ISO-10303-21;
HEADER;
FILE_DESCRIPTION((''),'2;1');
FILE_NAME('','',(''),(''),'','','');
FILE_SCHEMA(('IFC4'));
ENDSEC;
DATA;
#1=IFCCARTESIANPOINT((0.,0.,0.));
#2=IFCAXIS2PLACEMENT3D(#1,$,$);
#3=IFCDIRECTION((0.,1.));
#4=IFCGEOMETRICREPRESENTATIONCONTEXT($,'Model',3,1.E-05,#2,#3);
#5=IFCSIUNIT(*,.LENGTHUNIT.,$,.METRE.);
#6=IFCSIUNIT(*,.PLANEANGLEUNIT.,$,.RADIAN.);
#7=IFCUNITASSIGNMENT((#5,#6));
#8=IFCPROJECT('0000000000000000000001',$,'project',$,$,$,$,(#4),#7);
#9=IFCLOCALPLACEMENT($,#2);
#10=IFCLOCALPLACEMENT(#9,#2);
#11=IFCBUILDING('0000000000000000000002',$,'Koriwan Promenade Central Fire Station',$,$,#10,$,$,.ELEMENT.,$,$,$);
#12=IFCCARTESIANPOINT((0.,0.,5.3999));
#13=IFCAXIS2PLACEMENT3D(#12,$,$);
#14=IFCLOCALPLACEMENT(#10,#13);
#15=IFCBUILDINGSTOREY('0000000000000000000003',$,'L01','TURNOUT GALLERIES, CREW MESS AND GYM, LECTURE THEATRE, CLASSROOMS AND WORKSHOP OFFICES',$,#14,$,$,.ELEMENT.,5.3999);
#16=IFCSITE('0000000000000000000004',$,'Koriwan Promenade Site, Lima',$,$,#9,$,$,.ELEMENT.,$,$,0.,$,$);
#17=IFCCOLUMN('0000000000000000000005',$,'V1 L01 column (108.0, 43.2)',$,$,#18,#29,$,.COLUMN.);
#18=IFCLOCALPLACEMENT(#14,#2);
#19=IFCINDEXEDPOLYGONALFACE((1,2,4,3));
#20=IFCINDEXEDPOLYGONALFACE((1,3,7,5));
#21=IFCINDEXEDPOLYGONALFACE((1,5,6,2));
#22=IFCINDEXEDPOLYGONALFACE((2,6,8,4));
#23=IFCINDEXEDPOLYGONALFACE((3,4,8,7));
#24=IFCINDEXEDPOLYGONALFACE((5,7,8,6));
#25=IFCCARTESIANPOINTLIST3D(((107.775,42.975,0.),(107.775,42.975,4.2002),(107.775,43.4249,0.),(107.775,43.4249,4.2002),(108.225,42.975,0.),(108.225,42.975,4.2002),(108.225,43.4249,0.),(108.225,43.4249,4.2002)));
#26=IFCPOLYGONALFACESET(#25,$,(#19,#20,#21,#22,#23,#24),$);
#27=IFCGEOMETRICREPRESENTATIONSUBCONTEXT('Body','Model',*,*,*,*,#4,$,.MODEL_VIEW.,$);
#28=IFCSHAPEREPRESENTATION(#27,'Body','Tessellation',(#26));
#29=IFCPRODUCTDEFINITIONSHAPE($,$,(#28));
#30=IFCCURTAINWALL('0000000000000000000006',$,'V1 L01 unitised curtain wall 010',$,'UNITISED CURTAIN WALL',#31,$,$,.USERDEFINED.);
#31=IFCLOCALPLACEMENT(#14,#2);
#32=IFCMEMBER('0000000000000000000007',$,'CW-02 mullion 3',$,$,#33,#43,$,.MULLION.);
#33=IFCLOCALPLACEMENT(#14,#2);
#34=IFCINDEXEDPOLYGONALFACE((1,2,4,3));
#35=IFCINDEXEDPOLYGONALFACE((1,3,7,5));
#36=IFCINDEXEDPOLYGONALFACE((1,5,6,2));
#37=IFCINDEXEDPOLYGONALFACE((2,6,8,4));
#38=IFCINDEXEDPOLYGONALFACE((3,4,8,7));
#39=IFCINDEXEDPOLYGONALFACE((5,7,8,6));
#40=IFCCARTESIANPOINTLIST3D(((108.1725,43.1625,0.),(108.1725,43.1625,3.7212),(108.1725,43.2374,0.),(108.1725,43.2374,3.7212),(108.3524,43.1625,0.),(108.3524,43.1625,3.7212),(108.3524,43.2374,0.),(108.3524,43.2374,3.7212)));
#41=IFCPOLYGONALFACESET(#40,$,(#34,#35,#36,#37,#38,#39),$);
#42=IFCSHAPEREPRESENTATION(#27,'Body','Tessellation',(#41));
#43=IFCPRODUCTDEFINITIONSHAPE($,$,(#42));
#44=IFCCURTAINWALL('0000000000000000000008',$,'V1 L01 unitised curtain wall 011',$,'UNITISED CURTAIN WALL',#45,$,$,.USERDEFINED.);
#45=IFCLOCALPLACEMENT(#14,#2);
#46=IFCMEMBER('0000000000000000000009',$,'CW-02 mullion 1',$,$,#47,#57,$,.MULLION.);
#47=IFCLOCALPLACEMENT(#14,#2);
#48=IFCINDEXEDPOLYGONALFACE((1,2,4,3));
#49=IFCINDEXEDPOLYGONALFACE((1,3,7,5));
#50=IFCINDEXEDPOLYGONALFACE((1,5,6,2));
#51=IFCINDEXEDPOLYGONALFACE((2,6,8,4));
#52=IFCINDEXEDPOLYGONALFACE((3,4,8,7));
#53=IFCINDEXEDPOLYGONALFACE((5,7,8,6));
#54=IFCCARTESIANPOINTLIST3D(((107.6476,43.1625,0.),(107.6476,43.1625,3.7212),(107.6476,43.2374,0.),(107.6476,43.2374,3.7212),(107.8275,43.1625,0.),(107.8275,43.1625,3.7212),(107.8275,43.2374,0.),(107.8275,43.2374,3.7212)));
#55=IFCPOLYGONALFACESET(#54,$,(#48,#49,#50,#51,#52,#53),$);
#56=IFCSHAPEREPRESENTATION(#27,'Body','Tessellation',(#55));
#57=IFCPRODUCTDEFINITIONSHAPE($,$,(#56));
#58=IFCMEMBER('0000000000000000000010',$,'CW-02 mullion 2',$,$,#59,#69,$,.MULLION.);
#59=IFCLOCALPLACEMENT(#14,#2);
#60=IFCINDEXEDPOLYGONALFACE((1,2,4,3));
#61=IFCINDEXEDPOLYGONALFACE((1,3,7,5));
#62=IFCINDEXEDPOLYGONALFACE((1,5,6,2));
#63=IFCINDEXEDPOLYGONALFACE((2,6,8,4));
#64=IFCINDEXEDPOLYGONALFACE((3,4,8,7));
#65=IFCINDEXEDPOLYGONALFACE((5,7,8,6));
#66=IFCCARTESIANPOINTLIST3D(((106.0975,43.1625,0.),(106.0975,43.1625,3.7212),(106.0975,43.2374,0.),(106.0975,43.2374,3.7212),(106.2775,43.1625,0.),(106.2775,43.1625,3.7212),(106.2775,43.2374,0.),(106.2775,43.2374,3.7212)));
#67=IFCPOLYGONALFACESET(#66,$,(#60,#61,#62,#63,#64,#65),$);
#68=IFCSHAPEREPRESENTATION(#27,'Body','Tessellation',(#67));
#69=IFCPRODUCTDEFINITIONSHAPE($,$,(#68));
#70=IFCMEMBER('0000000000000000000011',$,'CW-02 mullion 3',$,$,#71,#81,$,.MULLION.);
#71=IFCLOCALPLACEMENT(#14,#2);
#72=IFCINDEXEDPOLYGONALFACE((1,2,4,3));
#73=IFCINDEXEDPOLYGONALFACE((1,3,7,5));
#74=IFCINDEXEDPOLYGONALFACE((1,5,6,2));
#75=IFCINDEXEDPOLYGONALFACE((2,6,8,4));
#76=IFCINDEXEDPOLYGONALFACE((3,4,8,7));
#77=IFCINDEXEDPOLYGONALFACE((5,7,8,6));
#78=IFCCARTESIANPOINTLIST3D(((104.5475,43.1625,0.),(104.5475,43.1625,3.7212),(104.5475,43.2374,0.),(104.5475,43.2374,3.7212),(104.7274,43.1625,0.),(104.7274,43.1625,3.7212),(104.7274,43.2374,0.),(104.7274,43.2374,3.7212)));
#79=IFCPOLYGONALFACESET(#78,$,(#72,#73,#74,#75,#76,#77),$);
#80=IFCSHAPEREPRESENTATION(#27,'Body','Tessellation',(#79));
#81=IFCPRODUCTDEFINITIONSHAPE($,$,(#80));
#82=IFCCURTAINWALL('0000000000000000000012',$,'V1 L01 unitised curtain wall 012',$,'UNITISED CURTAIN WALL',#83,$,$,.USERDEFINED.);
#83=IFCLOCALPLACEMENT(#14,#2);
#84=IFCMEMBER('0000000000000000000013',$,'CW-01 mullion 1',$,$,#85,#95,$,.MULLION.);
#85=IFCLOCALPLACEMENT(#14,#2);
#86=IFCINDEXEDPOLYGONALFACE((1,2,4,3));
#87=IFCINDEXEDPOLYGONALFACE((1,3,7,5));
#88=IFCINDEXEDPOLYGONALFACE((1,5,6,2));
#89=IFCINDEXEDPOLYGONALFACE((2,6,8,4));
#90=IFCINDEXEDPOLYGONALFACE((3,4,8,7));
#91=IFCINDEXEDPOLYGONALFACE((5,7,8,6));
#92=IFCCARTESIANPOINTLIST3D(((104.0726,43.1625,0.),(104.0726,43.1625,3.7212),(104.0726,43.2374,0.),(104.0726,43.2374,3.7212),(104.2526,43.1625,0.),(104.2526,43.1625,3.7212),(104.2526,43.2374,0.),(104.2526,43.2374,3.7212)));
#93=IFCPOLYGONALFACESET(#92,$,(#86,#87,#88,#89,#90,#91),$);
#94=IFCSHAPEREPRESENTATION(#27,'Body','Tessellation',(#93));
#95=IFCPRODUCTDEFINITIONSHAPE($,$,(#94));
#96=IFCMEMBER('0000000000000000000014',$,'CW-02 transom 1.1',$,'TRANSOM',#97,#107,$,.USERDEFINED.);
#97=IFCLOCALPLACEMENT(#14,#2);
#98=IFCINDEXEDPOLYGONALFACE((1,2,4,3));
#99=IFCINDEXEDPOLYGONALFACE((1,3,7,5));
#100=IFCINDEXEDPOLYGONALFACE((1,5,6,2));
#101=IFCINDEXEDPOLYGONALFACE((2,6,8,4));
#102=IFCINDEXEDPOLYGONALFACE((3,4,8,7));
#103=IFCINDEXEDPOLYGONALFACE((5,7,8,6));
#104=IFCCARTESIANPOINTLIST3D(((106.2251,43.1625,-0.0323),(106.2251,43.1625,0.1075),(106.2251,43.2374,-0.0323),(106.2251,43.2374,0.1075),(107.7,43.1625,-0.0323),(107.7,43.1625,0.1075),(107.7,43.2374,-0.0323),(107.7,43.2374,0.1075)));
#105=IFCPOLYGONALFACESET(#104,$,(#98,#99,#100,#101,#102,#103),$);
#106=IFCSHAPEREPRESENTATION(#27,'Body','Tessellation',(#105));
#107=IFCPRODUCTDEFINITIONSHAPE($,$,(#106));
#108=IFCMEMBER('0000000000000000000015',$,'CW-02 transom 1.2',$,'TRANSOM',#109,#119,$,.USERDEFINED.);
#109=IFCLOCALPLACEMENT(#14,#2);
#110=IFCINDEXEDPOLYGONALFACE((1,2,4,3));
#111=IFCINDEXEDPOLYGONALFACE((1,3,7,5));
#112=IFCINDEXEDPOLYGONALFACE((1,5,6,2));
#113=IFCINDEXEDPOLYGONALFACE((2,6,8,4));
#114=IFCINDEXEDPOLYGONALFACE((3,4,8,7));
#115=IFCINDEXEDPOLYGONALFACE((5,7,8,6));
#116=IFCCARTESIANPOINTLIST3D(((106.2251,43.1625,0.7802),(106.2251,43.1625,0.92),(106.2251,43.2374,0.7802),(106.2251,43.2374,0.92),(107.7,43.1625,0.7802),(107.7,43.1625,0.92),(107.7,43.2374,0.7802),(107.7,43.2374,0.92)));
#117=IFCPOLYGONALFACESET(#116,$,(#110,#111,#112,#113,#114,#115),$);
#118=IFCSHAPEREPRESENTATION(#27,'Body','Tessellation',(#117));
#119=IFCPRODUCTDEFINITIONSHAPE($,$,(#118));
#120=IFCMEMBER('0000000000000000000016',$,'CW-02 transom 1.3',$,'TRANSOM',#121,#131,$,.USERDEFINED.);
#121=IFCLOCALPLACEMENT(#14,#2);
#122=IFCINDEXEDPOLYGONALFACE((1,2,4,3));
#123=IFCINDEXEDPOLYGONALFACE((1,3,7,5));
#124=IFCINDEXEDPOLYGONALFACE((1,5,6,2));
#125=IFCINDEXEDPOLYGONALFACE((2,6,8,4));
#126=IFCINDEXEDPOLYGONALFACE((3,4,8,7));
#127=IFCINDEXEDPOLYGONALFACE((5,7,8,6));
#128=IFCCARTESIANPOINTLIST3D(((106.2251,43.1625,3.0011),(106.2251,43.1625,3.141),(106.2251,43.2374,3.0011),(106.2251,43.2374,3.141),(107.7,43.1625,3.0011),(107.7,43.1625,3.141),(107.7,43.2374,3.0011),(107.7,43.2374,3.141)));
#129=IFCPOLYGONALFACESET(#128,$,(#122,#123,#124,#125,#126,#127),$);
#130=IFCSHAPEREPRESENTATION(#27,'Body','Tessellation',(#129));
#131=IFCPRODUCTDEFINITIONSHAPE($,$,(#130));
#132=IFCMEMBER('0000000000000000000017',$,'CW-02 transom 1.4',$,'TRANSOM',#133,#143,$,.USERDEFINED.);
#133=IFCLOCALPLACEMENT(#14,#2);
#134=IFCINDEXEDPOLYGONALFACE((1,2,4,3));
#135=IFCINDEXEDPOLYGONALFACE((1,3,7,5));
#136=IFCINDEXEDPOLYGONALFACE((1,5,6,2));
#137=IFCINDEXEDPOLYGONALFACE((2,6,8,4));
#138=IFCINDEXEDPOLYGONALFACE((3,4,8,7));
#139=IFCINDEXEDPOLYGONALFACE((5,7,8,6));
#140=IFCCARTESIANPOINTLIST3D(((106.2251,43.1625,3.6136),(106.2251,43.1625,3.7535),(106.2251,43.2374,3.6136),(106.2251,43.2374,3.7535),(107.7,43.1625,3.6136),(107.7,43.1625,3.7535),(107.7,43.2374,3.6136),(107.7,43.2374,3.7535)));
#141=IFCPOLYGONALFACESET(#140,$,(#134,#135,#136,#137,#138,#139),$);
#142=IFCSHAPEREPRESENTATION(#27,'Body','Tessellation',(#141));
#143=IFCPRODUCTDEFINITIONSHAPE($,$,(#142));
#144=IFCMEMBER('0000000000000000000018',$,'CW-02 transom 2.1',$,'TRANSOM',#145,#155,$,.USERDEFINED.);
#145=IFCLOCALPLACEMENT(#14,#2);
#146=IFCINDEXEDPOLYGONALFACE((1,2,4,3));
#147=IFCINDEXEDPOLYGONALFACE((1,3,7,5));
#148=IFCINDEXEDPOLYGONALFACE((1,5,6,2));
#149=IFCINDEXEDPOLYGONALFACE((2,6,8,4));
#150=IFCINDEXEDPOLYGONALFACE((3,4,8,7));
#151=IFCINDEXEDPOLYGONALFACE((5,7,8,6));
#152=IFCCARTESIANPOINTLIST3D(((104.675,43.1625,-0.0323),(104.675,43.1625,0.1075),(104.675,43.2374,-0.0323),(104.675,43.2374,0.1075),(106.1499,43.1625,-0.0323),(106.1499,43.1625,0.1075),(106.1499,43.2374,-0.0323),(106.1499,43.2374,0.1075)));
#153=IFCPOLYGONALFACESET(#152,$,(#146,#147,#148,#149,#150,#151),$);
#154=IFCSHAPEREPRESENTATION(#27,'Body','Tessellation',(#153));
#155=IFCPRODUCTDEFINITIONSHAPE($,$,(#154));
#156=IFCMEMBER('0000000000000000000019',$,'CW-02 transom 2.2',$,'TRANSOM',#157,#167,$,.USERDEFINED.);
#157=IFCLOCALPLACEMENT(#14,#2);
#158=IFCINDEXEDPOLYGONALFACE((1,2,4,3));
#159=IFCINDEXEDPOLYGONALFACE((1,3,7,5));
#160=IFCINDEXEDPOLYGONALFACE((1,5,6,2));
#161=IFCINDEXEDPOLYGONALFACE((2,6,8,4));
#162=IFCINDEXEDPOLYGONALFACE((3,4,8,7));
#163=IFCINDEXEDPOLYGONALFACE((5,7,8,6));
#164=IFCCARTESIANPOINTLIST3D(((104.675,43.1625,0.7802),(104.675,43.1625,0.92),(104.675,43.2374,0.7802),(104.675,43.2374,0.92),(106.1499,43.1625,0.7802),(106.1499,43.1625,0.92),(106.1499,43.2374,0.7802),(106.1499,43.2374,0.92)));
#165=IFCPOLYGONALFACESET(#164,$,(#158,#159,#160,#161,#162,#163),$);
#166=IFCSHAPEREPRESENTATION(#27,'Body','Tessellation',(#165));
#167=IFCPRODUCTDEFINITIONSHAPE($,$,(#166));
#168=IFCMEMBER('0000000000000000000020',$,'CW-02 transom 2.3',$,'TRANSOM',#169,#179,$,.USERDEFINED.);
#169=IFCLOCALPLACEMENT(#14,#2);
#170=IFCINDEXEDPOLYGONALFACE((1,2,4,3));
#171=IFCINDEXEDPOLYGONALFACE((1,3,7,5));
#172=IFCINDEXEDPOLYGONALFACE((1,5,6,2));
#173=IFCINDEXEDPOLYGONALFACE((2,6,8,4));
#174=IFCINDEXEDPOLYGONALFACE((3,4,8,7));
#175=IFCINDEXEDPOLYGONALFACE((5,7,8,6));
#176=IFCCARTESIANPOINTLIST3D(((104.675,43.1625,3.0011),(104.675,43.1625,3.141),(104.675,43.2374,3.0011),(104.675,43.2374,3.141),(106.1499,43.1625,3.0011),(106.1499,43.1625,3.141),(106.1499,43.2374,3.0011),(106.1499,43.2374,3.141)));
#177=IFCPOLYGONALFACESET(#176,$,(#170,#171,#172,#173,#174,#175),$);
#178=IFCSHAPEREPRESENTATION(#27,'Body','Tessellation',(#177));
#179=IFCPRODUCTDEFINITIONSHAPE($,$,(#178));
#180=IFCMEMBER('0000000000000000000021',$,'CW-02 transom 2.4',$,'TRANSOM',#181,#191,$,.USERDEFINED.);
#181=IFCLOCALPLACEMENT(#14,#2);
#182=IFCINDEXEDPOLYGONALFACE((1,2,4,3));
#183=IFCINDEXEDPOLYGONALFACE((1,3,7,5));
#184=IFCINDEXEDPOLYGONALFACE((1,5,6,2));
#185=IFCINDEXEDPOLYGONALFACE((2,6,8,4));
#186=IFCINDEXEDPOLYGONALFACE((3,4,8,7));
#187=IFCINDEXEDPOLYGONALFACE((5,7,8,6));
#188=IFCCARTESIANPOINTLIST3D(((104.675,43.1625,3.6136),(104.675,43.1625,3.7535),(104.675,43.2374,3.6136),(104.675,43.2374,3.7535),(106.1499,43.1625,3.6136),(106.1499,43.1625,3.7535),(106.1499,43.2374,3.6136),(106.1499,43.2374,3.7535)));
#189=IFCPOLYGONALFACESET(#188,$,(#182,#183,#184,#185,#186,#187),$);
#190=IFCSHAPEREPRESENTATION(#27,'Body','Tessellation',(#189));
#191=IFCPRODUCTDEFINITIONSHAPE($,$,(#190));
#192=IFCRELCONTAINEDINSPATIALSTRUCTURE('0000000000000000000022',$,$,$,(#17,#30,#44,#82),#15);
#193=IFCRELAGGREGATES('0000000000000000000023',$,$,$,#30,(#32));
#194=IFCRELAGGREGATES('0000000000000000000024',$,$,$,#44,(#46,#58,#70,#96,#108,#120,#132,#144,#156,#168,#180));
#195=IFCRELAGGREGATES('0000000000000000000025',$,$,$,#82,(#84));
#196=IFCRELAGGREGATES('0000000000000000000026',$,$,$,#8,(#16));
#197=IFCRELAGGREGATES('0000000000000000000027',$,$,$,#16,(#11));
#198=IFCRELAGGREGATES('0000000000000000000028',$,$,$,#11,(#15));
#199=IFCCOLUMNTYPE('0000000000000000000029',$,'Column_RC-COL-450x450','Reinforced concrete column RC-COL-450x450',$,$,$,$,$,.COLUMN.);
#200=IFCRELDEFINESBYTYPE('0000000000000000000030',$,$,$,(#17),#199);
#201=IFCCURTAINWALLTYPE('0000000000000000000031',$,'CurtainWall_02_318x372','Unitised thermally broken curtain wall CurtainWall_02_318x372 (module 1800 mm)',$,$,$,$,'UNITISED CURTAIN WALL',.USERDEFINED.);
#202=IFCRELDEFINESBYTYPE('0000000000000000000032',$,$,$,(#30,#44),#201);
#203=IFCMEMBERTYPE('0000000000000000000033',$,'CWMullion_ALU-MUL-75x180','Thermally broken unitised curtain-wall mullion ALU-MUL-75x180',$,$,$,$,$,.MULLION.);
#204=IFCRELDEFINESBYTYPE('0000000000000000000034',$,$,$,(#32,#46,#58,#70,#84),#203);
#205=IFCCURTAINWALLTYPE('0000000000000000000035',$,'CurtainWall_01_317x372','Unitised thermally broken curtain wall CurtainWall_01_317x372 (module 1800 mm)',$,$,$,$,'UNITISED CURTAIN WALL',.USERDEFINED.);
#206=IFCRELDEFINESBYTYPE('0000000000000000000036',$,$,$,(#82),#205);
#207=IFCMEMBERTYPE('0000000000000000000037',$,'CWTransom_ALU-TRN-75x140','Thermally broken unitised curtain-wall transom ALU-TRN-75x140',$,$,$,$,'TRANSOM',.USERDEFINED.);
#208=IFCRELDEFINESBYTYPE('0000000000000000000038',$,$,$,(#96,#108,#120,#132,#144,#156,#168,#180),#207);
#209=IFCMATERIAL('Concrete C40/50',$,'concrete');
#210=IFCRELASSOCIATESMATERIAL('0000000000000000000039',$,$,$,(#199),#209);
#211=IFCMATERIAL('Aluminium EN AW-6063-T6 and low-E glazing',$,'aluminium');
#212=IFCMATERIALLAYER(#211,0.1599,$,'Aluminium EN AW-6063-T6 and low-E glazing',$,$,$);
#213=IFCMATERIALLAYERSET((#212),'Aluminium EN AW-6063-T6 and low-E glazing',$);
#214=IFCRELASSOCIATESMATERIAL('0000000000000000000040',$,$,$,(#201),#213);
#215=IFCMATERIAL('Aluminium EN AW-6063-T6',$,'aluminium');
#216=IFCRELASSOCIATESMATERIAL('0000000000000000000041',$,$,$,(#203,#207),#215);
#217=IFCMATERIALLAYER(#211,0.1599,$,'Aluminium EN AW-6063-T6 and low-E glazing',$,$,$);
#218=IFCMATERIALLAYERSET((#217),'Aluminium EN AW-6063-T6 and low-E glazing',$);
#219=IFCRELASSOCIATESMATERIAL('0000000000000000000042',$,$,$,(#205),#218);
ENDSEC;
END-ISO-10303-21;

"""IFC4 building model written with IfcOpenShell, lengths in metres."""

from ifc_helpers import new_model, si_unit, direction, frame, origin, origin_2d, place, context, subcontext, project, spatial, rectangle, extrude, material, layer, layer_set, material_profile, profile_set, type_object, element, aggregate, save


model = new_model("IFC4")

# Units and contexts
model_context = context("Model", 3, precision=1e-05, world=origin(), true_north=direction((0.0, 1.0)))
body_context = subcontext(model_context, "Body", "Model", "MODEL_VIEW")
ifc_project = project(units=[si_unit("LENGTHUNIT", "METRE"), si_unit("PLANEANGLEUNIT", "RADIAN")], contexts=[model_context])

# Site, building, storey
site_placement = place(None, origin())
site = spatial("IfcSite", under=ifc_project, at=site_placement, Name="Koriwan Promenade Site, Lima", CompositionType="ELEMENT", RefElevation=0.0)
building_placement = place(site_placement, origin())
building = spatial("IfcBuilding", under=site, at=building_placement, Name="Koriwan Promenade Central Fire Station", CompositionType="ELEMENT")
storey_placement = place(building_placement, frame((0.0, 0.0, 5.3999)))
storey = spatial("IfcBuildingStorey", under=building, at=storey_placement, Name="L01", Description="TURNOUT GALLERIES, CREW MESS AND GYM, LECTURE THEATRE, CLASSROOMS AND WORKSHOP OFFICES", CompositionType="ELEMENT", Elevation=5.3999)

# Column
ifc_material_1 = material(Name="Concrete C40/50", Category="concrete")
ifc_material_profile_1 = material_profile(ifc_material_1, rectangle(XDim=0.45, YDim=0.45, at=origin_2d()), Name="RC-COL-450x450")
ifc_profile_set_1 = profile_set([ifc_material_profile_1], Name="Concrete C40/50")
column_type = type_object("IfcColumnType", Name="Column_RC-COL-450x450", Description="Reinforced concrete column RC-COL-450x450", PredefinedType="COLUMN", material=ifc_profile_set_1)
column_placement = place(storey_placement, frame((108.0, 43.2, 0.0), z_axis=(0.0, 0.0, 1.0), x_axis=(1.0, 0.0, 0.0)))
element("IfcColumn", 1, at=column_placement, inside=storey, type_object=column_type, Name="V1 L01 column (108.0, 43.2)", PredefinedType="COLUMN", context=body_context, shape_type="SweptSolid", body=[
    extrude(rectangle(XDim=0.45, YDim=0.45, at=origin_2d()), origin(), (0.0, 0.0, 1.0), 4.2002),
])

# Curtain wall, member
ifc_material_2 = material(Name="Aluminium EN AW-6063-T6 and low-E glazing", Category="aluminium")
ifc_layer_1 = layer(ifc_material_2, 0.1599, Name="Aluminium EN AW-6063-T6 and low-E glazing")
ifc_layer_set_1 = layer_set([ifc_layer_1], Name="Aluminium EN AW-6063-T6 and low-E glazing")
curtain_wall_type_1 = type_object("IfcCurtainWallType", Name="CurtainWall_02_318x372", Description="Unitised thermally broken curtain wall CurtainWall_02_318x372 (module 1800 mm)", ElementType="UNITISED CURTAIN WALL", PredefinedType="USERDEFINED", material=ifc_layer_set_1)
curtain_wall_1_placement = place(storey_placement, origin())
curtain_wall_1 = element("IfcCurtainWall", 2, at=curtain_wall_1_placement, inside=storey, type_object=curtain_wall_type_1, Name="V1 L01 unitised curtain wall 010", ObjectType="UNITISED CURTAIN WALL", PredefinedType="USERDEFINED")
ifc_material_3 = material(Name="Aluminium EN AW-6063-T6", Category="aluminium")
ifc_material_profile_2 = material_profile(ifc_material_3, rectangle(XDim=0.075, YDim=0.1799, at=origin_2d()), Name="ALU-MUL-75x180")
ifc_profile_set_2 = profile_set([ifc_material_profile_2], Name="Aluminium EN AW-6063-T6")
member_type_1 = type_object("IfcMemberType", Name="CWMullion_ALU-MUL-75x180", Description="Thermally broken unitised curtain-wall mullion ALU-MUL-75x180", PredefinedType="MULLION", material=ifc_profile_set_2)
member_1_placement = place(storey_placement, frame((108.2625, 43.2, 0.0), z_axis=(0.0, 0.0, 1.0), x_axis=(0.0, -1.0, 0.0)))
member_1 = element("IfcMember", 3, at=member_1_placement, type_object=member_type_1, Name="CW-02 mullion 3", PredefinedType="MULLION", context=body_context, shape_type="SweptSolid", body=[
    extrude(rectangle(XDim=0.075, YDim=0.1799, at=origin_2d()), origin(), (0.0, 0.0, 1.0), 3.7212),
])

# Curtain wall, members
curtain_wall_2_placement = place(storey_placement, origin())
curtain_wall_2 = element("IfcCurtainWall", 4, at=curtain_wall_2_placement, inside=storey, type_object=curtain_wall_type_1, Name="V1 L01 unitised curtain wall 011", ObjectType="UNITISED CURTAIN WALL", PredefinedType="USERDEFINED")
member_2_placement = place(storey_placement, frame((107.7375, 43.2, 0.0), z_axis=(0.0, 0.0, 1.0), x_axis=(0.0, -1.0, 0.0)))
member_2 = element("IfcMember", 5, at=member_2_placement, type_object=member_type_1, Name="CW-02 mullion 1", PredefinedType="MULLION", context=body_context, shape_type="SweptSolid", body=[
    extrude(rectangle(XDim=0.075, YDim=0.1799, at=origin_2d()), origin(), (0.0, 0.0, 1.0), 3.7212),
])
member_3_placement = place(storey_placement, frame((106.1875, 43.2, 0.0), z_axis=(0.0, 0.0, 1.0), x_axis=(0.0, -1.0, 0.0)))
member_3 = element("IfcMember", 6, at=member_3_placement, type_object=member_type_1, Name="CW-02 mullion 2", PredefinedType="MULLION", context=body_context, shape_type="SweptSolid", body=[
    extrude(rectangle(XDim=0.075, YDim=0.1799, at=origin_2d()), origin(), (0.0, 0.0, 1.0), 3.7212),
])
member_4_placement = place(storey_placement, frame((104.6375, 43.2, 0.0), z_axis=(0.0, 0.0, 1.0), x_axis=(0.0, -1.0, 0.0)))
member_4 = element("IfcMember", 7, at=member_4_placement, type_object=member_type_1, Name="CW-02 mullion 3", PredefinedType="MULLION", context=body_context, shape_type="SweptSolid", body=[
    extrude(rectangle(XDim=0.075, YDim=0.1799, at=origin_2d()), origin(), (0.0, 0.0, 1.0), 3.7212),
])

# Curtain wall, member
ifc_layer_2 = layer(ifc_material_2, 0.1599, Name="Aluminium EN AW-6063-T6 and low-E glazing")
ifc_layer_set_2 = layer_set([ifc_layer_2], Name="Aluminium EN AW-6063-T6 and low-E glazing")
curtain_wall_type_2 = type_object("IfcCurtainWallType", Name="CurtainWall_01_317x372", Description="Unitised thermally broken curtain wall CurtainWall_01_317x372 (module 1800 mm)", ElementType="UNITISED CURTAIN WALL", PredefinedType="USERDEFINED", material=ifc_layer_set_2)
curtain_wall_3_placement = place(storey_placement, origin())
curtain_wall_3 = element("IfcCurtainWall", 8, at=curtain_wall_3_placement, inside=storey, type_object=curtain_wall_type_2, Name="V1 L01 unitised curtain wall 012", ObjectType="UNITISED CURTAIN WALL", PredefinedType="USERDEFINED")
member_5_placement = place(storey_placement, frame((104.1626, 43.2, 0.0), z_axis=(0.0, 0.0, 1.0), x_axis=(0.0, -1.0, 0.0)))
member_5 = element("IfcMember", 9, at=member_5_placement, type_object=member_type_1, Name="CW-01 mullion 1", PredefinedType="MULLION", context=body_context, shape_type="SweptSolid", body=[
    extrude(rectangle(XDim=0.075, YDim=0.1799, at=origin_2d()), origin(), (0.0, 0.0, 1.0), 3.7212),
])

# Members
ifc_material_profile_3 = material_profile(ifc_material_3, rectangle(XDim=0.075, YDim=0.1399, at=origin_2d()), Name="ALU-TRN-75x140")
ifc_profile_set_3 = profile_set([ifc_material_profile_3], Name="Aluminium EN AW-6063-T6")
member_type_2 = type_object("IfcMemberType", Name="CWTransom_ALU-TRN-75x140", Description="Thermally broken unitised curtain-wall transom ALU-TRN-75x140", ElementType="TRANSOM", PredefinedType="USERDEFINED", material=ifc_profile_set_3)
member_6_placement = place(storey_placement, frame((107.7, 43.2, 0.0376), z_axis=(-1.0, 0.0, 0.0), x_axis=(0.0, -1.0, 0.0)))
member_6 = element("IfcMember", 10, at=member_6_placement, type_object=member_type_2, Name="CW-02 transom 1.1", ObjectType="TRANSOM", PredefinedType="USERDEFINED", context=body_context, shape_type="SweptSolid", body=[
    extrude(rectangle(XDim=0.075, YDim=0.1399, at=origin_2d()), origin(), (0.0, 0.0, 1.0), 1.4749),
])
member_7_placement = place(storey_placement, frame((107.7, 43.2, 0.8501), z_axis=(-1.0, 0.0, 0.0), x_axis=(0.0, -1.0, 0.0)))
member_7 = element("IfcMember", 11, at=member_7_placement, type_object=member_type_2, Name="CW-02 transom 1.2", ObjectType="TRANSOM", PredefinedType="USERDEFINED", context=body_context, shape_type="SweptSolid", body=[
    extrude(rectangle(XDim=0.075, YDim=0.1399, at=origin_2d()), origin(), (0.0, 0.0, 1.0), 1.4749),
])
member_8_placement = place(storey_placement, frame((107.7, 43.2, 3.071), z_axis=(-1.0, 0.0, 0.0), x_axis=(0.0, -1.0, 0.0)))
member_8 = element("IfcMember", 12, at=member_8_placement, type_object=member_type_2, Name="CW-02 transom 1.3", ObjectType="TRANSOM", PredefinedType="USERDEFINED", context=body_context, shape_type="SweptSolid", body=[
    extrude(rectangle(XDim=0.075, YDim=0.1399, at=origin_2d()), origin(), (0.0, 0.0, 1.0), 1.4749),
])
member_9_placement = place(storey_placement, frame((107.7, 43.2, 3.6836), z_axis=(-1.0, 0.0, 0.0), x_axis=(0.0, -1.0, 0.0)))
member_9 = element("IfcMember", 13, at=member_9_placement, type_object=member_type_2, Name="CW-02 transom 1.4", ObjectType="TRANSOM", PredefinedType="USERDEFINED", context=body_context, shape_type="SweptSolid", body=[
    extrude(rectangle(XDim=0.075, YDim=0.1399, at=origin_2d()), origin(), (0.0, 0.0, 1.0), 1.4749),
])
member_10_placement = place(storey_placement, frame((106.1499, 43.2, 0.0376), z_axis=(-1.0, 0.0, 0.0), x_axis=(0.0, -1.0, 0.0)))
member_10 = element("IfcMember", 14, at=member_10_placement, type_object=member_type_2, Name="CW-02 transom 2.1", ObjectType="TRANSOM", PredefinedType="USERDEFINED", context=body_context, shape_type="SweptSolid", body=[
    extrude(rectangle(XDim=0.075, YDim=0.1399, at=origin_2d()), origin(), (0.0, 0.0, 1.0), 1.4749),
])
member_11_placement = place(storey_placement, frame((106.1499, 43.2, 0.8501), z_axis=(-1.0, 0.0, 0.0), x_axis=(0.0, -1.0, 0.0)))
member_11 = element("IfcMember", 15, at=member_11_placement, type_object=member_type_2, Name="CW-02 transom 2.2", ObjectType="TRANSOM", PredefinedType="USERDEFINED", context=body_context, shape_type="SweptSolid", body=[
    extrude(rectangle(XDim=0.075, YDim=0.1399, at=origin_2d()), origin(), (0.0, 0.0, 1.0), 1.4749),
])
member_12_placement = place(storey_placement, frame((106.1499, 43.2, 3.071), z_axis=(-1.0, 0.0, 0.0), x_axis=(0.0, -1.0, 0.0)))
member_12 = element("IfcMember", 16, at=member_12_placement, type_object=member_type_2, Name="CW-02 transom 2.3", ObjectType="TRANSOM", PredefinedType="USERDEFINED", context=body_context, shape_type="SweptSolid", body=[
    extrude(rectangle(XDim=0.075, YDim=0.1399, at=origin_2d()), origin(), (0.0, 0.0, 1.0), 1.4749),
])
member_13_placement = place(storey_placement, frame((106.1499, 43.2, 3.6836), z_axis=(-1.0, 0.0, 0.0), x_axis=(0.0, -1.0, 0.0)))
member_13 = element("IfcMember", 17, at=member_13_placement, type_object=member_type_2, Name="CW-02 transom 2.4", ObjectType="TRANSOM", PredefinedType="USERDEFINED", context=body_context, shape_type="SweptSolid", body=[
    extrude(rectangle(XDim=0.075, YDim=0.1399, at=origin_2d()), origin(), (0.0, 0.0, 1.0), 1.4749),
])

aggregate(curtain_wall_1, [member_1])
aggregate(curtain_wall_2, [member_2, member_3, member_4, member_6, member_7, member_8, member_9, member_10, member_11, member_12, member_13])
aggregate(curtain_wall_3, [member_5])

save(model, "model.ifc")
